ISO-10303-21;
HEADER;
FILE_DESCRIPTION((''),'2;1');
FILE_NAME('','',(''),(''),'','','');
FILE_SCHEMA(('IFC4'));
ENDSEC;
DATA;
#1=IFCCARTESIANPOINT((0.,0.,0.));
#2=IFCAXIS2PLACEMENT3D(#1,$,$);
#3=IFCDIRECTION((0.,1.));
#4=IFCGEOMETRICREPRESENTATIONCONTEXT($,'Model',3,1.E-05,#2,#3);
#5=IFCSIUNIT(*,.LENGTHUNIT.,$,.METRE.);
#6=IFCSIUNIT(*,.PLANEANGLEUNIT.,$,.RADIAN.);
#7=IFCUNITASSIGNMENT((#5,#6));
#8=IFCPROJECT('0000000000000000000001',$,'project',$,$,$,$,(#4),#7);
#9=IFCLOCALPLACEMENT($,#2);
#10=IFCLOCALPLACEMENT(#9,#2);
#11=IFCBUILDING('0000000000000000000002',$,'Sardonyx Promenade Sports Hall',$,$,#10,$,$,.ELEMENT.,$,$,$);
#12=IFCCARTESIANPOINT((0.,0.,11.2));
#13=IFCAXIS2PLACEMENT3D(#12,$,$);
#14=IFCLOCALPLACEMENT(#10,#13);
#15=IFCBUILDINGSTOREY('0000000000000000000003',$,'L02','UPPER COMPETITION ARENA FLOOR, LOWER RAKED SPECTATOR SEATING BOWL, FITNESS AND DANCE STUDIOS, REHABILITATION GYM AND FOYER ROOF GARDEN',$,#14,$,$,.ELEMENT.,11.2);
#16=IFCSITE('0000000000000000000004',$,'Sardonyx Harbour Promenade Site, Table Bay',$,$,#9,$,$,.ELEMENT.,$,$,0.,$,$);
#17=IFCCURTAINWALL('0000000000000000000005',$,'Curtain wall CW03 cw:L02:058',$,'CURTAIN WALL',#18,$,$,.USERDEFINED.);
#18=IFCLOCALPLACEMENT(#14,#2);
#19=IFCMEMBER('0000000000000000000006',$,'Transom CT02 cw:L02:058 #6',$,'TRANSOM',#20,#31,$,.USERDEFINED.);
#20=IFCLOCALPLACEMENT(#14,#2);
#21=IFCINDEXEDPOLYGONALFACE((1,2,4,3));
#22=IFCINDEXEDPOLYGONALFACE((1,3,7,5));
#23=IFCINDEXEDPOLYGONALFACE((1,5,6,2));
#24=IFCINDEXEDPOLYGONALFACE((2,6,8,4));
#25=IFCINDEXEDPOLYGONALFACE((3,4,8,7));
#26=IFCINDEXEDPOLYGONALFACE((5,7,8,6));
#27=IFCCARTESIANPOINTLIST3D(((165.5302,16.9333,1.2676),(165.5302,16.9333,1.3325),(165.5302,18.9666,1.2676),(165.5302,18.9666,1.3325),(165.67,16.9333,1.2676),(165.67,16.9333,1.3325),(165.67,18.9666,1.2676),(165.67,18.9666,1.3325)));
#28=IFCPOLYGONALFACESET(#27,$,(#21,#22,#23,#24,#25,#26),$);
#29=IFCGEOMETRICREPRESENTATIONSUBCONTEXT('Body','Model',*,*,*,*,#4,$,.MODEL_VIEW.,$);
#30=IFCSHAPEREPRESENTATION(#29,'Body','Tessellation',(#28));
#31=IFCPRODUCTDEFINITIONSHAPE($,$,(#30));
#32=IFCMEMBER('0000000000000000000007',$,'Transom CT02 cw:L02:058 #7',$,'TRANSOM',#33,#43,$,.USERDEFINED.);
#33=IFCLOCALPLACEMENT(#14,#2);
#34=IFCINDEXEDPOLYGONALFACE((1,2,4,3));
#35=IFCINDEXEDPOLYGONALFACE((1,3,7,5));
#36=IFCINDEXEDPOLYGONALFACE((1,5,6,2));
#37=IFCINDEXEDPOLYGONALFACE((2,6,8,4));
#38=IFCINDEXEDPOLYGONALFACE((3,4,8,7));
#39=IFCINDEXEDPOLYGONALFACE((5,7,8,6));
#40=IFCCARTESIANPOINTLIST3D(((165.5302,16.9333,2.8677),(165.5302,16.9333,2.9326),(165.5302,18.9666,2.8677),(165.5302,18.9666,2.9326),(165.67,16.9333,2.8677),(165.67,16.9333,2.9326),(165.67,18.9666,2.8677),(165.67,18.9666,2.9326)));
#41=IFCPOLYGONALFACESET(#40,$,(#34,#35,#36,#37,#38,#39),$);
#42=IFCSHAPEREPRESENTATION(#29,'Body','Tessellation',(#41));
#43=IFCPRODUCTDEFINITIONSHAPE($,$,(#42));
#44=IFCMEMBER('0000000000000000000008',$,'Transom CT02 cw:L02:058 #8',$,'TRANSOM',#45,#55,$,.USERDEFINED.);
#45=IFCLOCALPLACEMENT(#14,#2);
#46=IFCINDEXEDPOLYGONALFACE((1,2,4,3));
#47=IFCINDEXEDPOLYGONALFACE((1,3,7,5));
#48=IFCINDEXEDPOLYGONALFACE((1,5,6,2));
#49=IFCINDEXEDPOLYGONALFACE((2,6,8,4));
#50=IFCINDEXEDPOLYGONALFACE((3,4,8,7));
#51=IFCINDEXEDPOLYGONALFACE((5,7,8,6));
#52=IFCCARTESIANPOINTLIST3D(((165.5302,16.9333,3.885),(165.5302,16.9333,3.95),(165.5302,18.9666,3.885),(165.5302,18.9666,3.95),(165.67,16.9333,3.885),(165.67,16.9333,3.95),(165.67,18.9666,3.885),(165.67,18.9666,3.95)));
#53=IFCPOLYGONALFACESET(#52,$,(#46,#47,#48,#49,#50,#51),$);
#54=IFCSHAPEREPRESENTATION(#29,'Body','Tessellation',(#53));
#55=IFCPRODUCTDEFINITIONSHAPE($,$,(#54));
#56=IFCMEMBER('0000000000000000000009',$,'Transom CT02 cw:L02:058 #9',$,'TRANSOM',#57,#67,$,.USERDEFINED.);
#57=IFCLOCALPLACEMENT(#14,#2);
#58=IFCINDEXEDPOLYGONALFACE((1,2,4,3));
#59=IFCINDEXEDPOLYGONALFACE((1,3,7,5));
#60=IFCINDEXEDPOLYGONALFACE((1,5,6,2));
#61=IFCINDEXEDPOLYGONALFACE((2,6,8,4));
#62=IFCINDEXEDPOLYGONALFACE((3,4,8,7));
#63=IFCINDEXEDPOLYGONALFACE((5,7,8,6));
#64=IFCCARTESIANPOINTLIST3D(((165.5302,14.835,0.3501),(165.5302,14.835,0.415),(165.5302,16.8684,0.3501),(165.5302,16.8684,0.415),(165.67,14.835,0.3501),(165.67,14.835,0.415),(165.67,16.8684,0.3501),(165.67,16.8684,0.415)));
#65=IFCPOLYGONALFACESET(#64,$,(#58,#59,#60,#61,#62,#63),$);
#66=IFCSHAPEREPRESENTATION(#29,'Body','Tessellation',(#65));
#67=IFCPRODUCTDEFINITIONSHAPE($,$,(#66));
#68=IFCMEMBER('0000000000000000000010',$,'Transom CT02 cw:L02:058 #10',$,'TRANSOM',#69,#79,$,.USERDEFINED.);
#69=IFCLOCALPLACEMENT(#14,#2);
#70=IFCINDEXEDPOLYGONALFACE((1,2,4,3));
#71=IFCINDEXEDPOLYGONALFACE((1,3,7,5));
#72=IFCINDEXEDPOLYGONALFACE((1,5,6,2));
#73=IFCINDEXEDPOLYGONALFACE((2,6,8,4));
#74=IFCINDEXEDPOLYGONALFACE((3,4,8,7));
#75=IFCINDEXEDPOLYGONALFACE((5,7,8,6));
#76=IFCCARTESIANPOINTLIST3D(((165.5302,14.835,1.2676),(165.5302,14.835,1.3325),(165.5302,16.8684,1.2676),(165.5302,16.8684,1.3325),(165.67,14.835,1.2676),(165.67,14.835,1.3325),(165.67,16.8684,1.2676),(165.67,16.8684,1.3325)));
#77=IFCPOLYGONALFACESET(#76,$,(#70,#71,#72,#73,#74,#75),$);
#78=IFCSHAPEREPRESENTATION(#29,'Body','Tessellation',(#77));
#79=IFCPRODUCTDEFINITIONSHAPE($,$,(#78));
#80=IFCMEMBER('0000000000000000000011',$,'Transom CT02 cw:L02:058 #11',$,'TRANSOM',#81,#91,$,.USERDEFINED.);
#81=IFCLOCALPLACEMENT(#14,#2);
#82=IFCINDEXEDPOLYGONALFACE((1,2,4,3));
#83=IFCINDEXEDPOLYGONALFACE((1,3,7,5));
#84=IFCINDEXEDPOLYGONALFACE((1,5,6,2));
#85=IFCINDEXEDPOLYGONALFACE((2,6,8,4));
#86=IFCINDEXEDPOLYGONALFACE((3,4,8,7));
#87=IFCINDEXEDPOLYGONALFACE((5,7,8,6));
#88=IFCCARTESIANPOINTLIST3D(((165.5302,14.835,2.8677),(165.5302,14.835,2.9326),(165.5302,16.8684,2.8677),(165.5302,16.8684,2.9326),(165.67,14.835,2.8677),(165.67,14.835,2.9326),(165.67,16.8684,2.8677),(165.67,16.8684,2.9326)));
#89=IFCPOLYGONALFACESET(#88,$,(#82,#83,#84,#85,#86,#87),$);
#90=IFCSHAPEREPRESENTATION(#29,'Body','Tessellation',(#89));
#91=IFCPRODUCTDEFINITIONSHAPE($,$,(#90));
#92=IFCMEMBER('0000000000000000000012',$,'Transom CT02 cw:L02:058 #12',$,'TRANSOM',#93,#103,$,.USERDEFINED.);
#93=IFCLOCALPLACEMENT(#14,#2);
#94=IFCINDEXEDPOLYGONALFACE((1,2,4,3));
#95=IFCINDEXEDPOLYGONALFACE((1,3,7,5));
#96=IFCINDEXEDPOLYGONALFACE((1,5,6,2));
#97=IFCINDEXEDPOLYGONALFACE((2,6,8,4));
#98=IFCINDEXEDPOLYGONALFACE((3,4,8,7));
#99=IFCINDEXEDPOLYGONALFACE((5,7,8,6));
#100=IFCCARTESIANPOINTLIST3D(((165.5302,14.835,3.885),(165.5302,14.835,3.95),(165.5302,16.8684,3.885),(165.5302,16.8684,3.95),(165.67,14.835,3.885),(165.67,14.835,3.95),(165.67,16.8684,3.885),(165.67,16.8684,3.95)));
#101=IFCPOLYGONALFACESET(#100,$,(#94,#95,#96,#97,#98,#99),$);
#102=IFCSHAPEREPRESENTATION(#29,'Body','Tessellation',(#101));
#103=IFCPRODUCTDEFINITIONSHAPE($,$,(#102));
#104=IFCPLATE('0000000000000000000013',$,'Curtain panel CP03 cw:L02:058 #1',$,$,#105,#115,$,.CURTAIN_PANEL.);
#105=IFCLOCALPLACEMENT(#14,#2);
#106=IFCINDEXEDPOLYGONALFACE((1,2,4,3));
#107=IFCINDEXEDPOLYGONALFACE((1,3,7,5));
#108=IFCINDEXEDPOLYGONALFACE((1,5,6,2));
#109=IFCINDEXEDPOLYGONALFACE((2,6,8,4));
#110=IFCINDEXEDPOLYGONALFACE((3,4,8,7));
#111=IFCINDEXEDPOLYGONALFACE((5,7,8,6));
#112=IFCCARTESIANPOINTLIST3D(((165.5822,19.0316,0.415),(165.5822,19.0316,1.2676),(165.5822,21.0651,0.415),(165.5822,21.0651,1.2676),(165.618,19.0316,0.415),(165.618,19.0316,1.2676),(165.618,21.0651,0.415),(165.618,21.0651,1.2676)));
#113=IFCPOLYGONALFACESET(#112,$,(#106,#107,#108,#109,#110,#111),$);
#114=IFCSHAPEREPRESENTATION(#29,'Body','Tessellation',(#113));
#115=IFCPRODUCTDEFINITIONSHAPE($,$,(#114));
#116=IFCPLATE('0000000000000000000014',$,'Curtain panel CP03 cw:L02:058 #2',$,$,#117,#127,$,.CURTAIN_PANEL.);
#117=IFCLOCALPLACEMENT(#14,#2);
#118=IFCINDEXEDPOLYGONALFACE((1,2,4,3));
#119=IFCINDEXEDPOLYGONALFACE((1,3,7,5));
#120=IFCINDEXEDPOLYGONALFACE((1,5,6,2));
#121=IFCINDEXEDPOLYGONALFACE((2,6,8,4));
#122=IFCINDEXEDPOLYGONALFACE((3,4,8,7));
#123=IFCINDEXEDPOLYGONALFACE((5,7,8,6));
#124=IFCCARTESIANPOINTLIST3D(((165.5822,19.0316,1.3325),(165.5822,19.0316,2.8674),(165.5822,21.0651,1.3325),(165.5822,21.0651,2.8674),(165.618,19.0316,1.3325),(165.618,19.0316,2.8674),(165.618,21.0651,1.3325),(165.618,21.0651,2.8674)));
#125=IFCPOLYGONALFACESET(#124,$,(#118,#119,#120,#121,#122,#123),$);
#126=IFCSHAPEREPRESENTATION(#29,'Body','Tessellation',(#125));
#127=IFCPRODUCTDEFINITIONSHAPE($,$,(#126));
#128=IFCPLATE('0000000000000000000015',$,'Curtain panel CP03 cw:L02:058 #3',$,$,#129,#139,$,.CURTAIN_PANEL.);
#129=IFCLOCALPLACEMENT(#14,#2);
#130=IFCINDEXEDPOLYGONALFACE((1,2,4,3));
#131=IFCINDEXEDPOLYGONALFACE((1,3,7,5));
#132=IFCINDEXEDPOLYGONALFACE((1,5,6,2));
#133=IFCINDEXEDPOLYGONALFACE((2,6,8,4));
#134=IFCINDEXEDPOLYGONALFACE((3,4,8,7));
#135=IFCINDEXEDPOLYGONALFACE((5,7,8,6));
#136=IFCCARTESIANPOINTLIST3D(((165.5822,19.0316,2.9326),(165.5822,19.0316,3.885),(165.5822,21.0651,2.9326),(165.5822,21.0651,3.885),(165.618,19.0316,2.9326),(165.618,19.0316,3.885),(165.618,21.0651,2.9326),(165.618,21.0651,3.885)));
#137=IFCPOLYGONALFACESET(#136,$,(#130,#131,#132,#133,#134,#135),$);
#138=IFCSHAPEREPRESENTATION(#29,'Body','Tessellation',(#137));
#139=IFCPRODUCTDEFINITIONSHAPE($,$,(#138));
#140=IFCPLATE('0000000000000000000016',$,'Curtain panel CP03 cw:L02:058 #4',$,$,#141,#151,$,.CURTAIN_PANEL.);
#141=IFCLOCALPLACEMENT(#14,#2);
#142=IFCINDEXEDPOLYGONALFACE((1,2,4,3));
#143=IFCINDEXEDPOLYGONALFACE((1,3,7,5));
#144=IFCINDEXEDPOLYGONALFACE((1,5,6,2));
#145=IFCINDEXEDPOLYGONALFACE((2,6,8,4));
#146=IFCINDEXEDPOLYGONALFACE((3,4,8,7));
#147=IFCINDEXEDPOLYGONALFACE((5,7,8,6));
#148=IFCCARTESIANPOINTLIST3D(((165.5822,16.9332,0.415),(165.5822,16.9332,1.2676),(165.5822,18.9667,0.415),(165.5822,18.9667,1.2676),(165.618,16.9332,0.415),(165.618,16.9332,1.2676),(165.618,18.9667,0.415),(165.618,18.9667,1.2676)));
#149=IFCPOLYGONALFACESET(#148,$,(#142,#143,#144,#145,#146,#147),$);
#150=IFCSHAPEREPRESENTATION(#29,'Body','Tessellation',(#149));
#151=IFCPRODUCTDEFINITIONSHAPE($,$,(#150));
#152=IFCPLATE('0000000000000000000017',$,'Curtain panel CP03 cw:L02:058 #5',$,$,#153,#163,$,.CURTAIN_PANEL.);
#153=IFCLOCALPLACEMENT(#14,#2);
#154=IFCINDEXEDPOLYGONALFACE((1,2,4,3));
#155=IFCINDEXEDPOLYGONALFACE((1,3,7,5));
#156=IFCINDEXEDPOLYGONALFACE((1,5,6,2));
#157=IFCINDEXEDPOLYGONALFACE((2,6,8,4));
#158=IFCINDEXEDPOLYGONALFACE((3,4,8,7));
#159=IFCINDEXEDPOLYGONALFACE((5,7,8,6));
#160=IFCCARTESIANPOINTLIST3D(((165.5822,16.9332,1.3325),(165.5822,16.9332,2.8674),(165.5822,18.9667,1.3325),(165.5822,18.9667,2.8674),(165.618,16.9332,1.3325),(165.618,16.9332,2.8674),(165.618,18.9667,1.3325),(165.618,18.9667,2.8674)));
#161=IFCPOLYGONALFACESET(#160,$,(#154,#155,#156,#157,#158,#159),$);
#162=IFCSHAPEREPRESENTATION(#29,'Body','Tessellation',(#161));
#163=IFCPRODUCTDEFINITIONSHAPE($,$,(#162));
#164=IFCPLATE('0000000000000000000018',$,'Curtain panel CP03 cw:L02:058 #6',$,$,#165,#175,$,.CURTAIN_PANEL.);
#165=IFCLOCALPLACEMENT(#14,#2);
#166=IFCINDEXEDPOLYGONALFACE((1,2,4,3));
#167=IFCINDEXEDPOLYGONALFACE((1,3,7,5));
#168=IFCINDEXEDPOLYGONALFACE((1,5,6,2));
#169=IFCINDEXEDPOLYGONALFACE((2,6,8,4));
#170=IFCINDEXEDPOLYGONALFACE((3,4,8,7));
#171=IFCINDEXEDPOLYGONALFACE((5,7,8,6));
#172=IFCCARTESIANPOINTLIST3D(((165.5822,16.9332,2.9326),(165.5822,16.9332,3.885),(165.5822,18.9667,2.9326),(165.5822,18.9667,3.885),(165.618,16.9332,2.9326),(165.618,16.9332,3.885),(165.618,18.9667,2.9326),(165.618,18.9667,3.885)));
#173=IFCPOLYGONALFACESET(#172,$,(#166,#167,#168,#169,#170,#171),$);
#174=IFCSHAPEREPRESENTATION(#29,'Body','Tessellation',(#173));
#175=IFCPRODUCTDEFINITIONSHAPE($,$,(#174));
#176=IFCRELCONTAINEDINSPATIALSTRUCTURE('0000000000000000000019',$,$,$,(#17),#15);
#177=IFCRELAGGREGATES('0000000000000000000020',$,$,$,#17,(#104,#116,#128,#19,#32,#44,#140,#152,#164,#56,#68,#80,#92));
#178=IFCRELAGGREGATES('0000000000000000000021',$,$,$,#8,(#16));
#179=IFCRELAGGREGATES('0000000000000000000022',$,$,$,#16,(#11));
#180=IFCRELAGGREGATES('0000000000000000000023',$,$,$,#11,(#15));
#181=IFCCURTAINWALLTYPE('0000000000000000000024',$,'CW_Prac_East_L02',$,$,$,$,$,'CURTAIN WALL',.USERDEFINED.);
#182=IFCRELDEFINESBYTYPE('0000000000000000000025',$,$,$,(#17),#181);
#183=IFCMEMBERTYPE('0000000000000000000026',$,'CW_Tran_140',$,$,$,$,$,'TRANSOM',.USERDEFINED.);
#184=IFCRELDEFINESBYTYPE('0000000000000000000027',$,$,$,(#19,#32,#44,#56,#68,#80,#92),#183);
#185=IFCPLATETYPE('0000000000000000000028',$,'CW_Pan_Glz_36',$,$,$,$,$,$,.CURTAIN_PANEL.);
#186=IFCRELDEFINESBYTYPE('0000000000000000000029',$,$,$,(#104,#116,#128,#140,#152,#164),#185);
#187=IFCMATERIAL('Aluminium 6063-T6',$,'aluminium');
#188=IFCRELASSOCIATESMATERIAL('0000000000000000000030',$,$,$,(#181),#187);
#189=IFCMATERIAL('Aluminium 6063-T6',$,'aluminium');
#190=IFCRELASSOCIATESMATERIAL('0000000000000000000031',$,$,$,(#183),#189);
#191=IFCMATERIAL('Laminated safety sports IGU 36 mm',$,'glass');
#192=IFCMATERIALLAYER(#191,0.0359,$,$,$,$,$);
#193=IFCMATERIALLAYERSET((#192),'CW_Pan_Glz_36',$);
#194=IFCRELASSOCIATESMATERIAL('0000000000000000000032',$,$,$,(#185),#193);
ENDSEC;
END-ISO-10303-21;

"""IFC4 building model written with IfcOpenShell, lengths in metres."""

from ifc_helpers import new_model, si_unit, direction, frame, origin, origin_2d, place, context, subcontext, project, spatial, rectangle, extrude, material, layer, layer_set, material_profile, profile_set, type_object, element, aggregate, save


model = new_model("IFC4")

# Units and contexts
model_context = context("Model", 3, precision=1e-05, world=origin(), true_north=direction((0.0, 1.0)))
body_context = subcontext(model_context, "Body", "Model", "MODEL_VIEW")
ifc_project = project(units=[si_unit("LENGTHUNIT", "METRE"), si_unit("PLANEANGLEUNIT", "RADIAN")], contexts=[model_context])

# Site, building, storey
site_placement = place(None, origin())
site = spatial("IfcSite", under=ifc_project, at=site_placement, Name="Sardonyx Harbour Promenade Site, Table Bay", CompositionType="ELEMENT", RefElevation=0.0)
building_placement = place(site_placement, origin())
building = spatial("IfcBuilding", under=site, at=building_placement, Name="Sardonyx Promenade Sports Hall", CompositionType="ELEMENT")
storey_placement = place(building_placement, frame((0.0, 0.0, 11.2)))
storey = spatial("IfcBuildingStorey", under=building, at=storey_placement, Name="L02", Description="UPPER COMPETITION ARENA FLOOR, LOWER RAKED SPECTATOR SEATING BOWL, FITNESS AND DANCE STUDIOS, REHABILITATION GYM AND FOYER ROOF GARDEN", CompositionType="ELEMENT", Elevation=11.2)

# Curtain wall, members, plates
ifc_material_1 = material(Name="Aluminium 6063-T6", Category="aluminium")
curtain_wall_type = type_object("IfcCurtainWallType", Name="CW_Prac_East_L02", ElementType="CURTAIN WALL", PredefinedType="USERDEFINED", material=ifc_material_1)
curtain_wall_placement = place(storey_placement, origin())
curtain_wall = element("IfcCurtainWall", 1, at=curtain_wall_placement, inside=storey, type_object=curtain_wall_type, Name="Curtain wall CW03 cw:L02:058", ObjectType="CURTAIN WALL", PredefinedType="USERDEFINED")
ifc_material_2 = material(Name="Aluminium 6063-T6", Category="aluminium")
ifc_material_profile_1 = material_profile(ifc_material_2, rectangle(XDim=0.0649, YDim=0.1399, at=origin_2d()))
ifc_profile_set_1 = profile_set([ifc_material_profile_1], Name="Aluminium 6063-T6")
member_type_1 = type_object("IfcMemberType", Name="CW_Tran_140", ElementType="TRANSOM", PredefinedType="USERDEFINED", material=ifc_profile_set_1)
member_1_placement = place(storey_placement, frame((165.6001, 18.9666, 1.3), z_axis=(0.0, -1.0, 0.0), x_axis=(0.0, 0.0, 1.0)))
member_1 = element("IfcMember", 2, at=member_1_placement, type_object=member_type_1, Name="Transom CT02 cw:L02:058 #6", ObjectType="TRANSOM", PredefinedType="USERDEFINED", context=body_context, shape_type="SweptSolid", body=[
    extrude(rectangle(XDim=0.0649, YDim=0.1399, at=origin_2d()), origin(), (0.0, 0.0, 1.0), 2.0332),
])
member_2_placement = place(storey_placement, frame((165.6001, 18.9666, 2.9001), z_axis=(0.0, -1.0, 0.0), x_axis=(0.0, 0.0, 1.0)))
member_2 = element("IfcMember", 3, at=member_2_placement, type_object=member_type_1, Name="Transom CT02 cw:L02:058 #7", ObjectType="TRANSOM", PredefinedType="USERDEFINED", context=body_context, shape_type="SweptSolid", body=[
    extrude(rectangle(XDim=0.0649, YDim=0.1399, at=origin_2d()), origin(), (0.0, 0.0, 1.0), 2.0332),
])
member_3_placement = place(storey_placement, frame((165.6001, 18.9666, 3.9175), z_axis=(0.0, -1.0, 0.0), x_axis=(0.0, 0.0, 1.0)))
member_3 = element("IfcMember", 4, at=member_3_placement, type_object=member_type_1, Name="Transom CT02 cw:L02:058 #8", ObjectType="TRANSOM", PredefinedType="USERDEFINED", context=body_context, shape_type="SweptSolid", body=[
    extrude(rectangle(XDim=0.0649, YDim=0.1399, at=origin_2d()), origin(), (0.0, 0.0, 1.0), 2.0332),
])
member_4_placement = place(storey_placement, frame((165.6001, 16.8684, 0.3826), z_axis=(0.0, -1.0, 0.0), x_axis=(0.0, 0.0, 1.0)))
member_4 = element("IfcMember", 5, at=member_4_placement, type_object=member_type_1, Name="Transom CT02 cw:L02:058 #9", ObjectType="TRANSOM", PredefinedType="USERDEFINED", context=body_context, shape_type="SweptSolid", body=[
    extrude(rectangle(XDim=0.0649, YDim=0.1399, at=origin_2d()), origin(), (0.0, 0.0, 1.0), 2.0334),
])
member_5_placement = place(storey_placement, frame((165.6001, 16.8684, 1.3), z_axis=(0.0, -1.0, 0.0), x_axis=(0.0, 0.0, 1.0)))
member_5 = element("IfcMember", 6, at=member_5_placement, type_object=member_type_1, Name="Transom CT02 cw:L02:058 #10", ObjectType="TRANSOM", PredefinedType="USERDEFINED", context=body_context, shape_type="SweptSolid", body=[
    extrude(rectangle(XDim=0.0649, YDim=0.1399, at=origin_2d()), origin(), (0.0, 0.0, 1.0), 2.0334),
])
member_6_placement = place(storey_placement, frame((165.6001, 16.8684, 2.9001), z_axis=(0.0, -1.0, 0.0), x_axis=(0.0, 0.0, 1.0)))
member_6 = element("IfcMember", 7, at=member_6_placement, type_object=member_type_1, Name="Transom CT02 cw:L02:058 #11", ObjectType="TRANSOM", PredefinedType="USERDEFINED", context=body_context, shape_type="SweptSolid", body=[
    extrude(rectangle(XDim=0.0649, YDim=0.1399, at=origin_2d()), origin(), (0.0, 0.0, 1.0), 2.0334),
])
member_7_placement = place(storey_placement, frame((165.6001, 16.8684, 3.9175), z_axis=(0.0, -1.0, 0.0), x_axis=(0.0, 0.0, 1.0)))
member_7 = element("IfcMember", 8, at=member_7_placement, type_object=member_type_1, Name="Transom CT02 cw:L02:058 #12", ObjectType="TRANSOM", PredefinedType="USERDEFINED", context=body_context, shape_type="SweptSolid", body=[
    extrude(rectangle(XDim=0.0649, YDim=0.1399, at=origin_2d()), origin(), (0.0, 0.0, 1.0), 2.0334),
])
ifc_material_3 = material(Name="Laminated safety sports IGU 36 mm", Category="glass")
ifc_layer_1 = layer(ifc_material_3, 0.0359)
ifc_layer_set_1 = layer_set([ifc_layer_1], Name="CW_Pan_Glz_36")
plate_type = type_object("IfcPlateType", Name="CW_Pan_Glz_36", PredefinedType="CURTAIN_PANEL", material=ifc_layer_set_1)
plate_1_placement = place(storey_placement, frame((165.6001, 20.0483, 0.415), z_axis=(0.0, 0.0, 1.0), x_axis=(0.0, -1.0, 0.0)))
plate_1 = element("IfcPlate", 9, at=plate_1_placement, type_object=plate_type, Name="Curtain panel CP03 cw:L02:058 #1", PredefinedType="CURTAIN_PANEL", context=body_context, shape_type="SweptSolid", body=[
    extrude(rectangle(XDim=2.0334, YDim=0.0359, at=origin_2d()), origin(), (0.0, 0.0, 1.0), 0.8525),
])
plate_2_placement = place(storey_placement, frame((165.6001, 20.0483, 1.3325), z_axis=(0.0, 0.0, 1.0), x_axis=(0.0, -1.0, 0.0)))
plate_2 = element("IfcPlate", 10, at=plate_2_placement, type_object=plate_type, Name="Curtain panel CP03 cw:L02:058 #2", PredefinedType="CURTAIN_PANEL", context=body_context, shape_type="SweptSolid", body=[
    extrude(rectangle(XDim=2.0334, YDim=0.0359, at=origin_2d()), origin(), (0.0, 0.0, 1.0), 1.5349),
])
plate_3_placement = place(storey_placement, frame((165.6001, 20.0483, 2.9326), z_axis=(0.0, 0.0, 1.0), x_axis=(0.0, -1.0, 0.0)))
plate_3 = element("IfcPlate", 11, at=plate_3_placement, type_object=plate_type, Name="Curtain panel CP03 cw:L02:058 #3", PredefinedType="CURTAIN_PANEL", context=body_context, shape_type="SweptSolid", body=[
    extrude(rectangle(XDim=2.0334, YDim=0.0359, at=origin_2d()), origin(), (0.0, 0.0, 1.0), 0.9524),
])
plate_4_placement = place(storey_placement, frame((165.6001, 17.95, 0.415), z_axis=(0.0, 0.0, 1.0), x_axis=(0.0, -1.0, 0.0)))
plate_4 = element("IfcPlate", 12, at=plate_4_placement, type_object=plate_type, Name="Curtain panel CP03 cw:L02:058 #4", PredefinedType="CURTAIN_PANEL", context=body_context, shape_type="SweptSolid", body=[
    extrude(rectangle(XDim=2.0334, YDim=0.0359, at=origin_2d()), origin(), (0.0, 0.0, 1.0), 0.8525),
])
plate_5_placement = place(storey_placement, frame((165.6001, 17.95, 1.3325), z_axis=(0.0, 0.0, 1.0), x_axis=(0.0, -1.0, 0.0)))
plate_5 = element("IfcPlate", 13, at=plate_5_placement, type_object=plate_type, Name="Curtain panel CP03 cw:L02:058 #5", PredefinedType="CURTAIN_PANEL", context=body_context, shape_type="SweptSolid", body=[
    extrude(rectangle(XDim=2.0334, YDim=0.0359, at=origin_2d()), origin(), (0.0, 0.0, 1.0), 1.5349),
])
plate_6_placement = place(storey_placement, frame((165.6001, 17.95, 2.9326), z_axis=(0.0, 0.0, 1.0), x_axis=(0.0, -1.0, 0.0)))
plate_6 = element("IfcPlate", 14, at=plate_6_placement, type_object=plate_type, Name="Curtain panel CP03 cw:L02:058 #6", PredefinedType="CURTAIN_PANEL", context=body_context, shape_type="SweptSolid", body=[
    extrude(rectangle(XDim=2.0334, YDim=0.0359, at=origin_2d()), origin(), (0.0, 0.0, 1.0), 0.9524),
])
aggregate(curtain_wall, [plate_1, plate_2, plate_3, member_1, member_2, member_3, plate_4, plate_5, plate_6, member_4, member_5, member_6, member_7])

save(model, "model.ifc")
